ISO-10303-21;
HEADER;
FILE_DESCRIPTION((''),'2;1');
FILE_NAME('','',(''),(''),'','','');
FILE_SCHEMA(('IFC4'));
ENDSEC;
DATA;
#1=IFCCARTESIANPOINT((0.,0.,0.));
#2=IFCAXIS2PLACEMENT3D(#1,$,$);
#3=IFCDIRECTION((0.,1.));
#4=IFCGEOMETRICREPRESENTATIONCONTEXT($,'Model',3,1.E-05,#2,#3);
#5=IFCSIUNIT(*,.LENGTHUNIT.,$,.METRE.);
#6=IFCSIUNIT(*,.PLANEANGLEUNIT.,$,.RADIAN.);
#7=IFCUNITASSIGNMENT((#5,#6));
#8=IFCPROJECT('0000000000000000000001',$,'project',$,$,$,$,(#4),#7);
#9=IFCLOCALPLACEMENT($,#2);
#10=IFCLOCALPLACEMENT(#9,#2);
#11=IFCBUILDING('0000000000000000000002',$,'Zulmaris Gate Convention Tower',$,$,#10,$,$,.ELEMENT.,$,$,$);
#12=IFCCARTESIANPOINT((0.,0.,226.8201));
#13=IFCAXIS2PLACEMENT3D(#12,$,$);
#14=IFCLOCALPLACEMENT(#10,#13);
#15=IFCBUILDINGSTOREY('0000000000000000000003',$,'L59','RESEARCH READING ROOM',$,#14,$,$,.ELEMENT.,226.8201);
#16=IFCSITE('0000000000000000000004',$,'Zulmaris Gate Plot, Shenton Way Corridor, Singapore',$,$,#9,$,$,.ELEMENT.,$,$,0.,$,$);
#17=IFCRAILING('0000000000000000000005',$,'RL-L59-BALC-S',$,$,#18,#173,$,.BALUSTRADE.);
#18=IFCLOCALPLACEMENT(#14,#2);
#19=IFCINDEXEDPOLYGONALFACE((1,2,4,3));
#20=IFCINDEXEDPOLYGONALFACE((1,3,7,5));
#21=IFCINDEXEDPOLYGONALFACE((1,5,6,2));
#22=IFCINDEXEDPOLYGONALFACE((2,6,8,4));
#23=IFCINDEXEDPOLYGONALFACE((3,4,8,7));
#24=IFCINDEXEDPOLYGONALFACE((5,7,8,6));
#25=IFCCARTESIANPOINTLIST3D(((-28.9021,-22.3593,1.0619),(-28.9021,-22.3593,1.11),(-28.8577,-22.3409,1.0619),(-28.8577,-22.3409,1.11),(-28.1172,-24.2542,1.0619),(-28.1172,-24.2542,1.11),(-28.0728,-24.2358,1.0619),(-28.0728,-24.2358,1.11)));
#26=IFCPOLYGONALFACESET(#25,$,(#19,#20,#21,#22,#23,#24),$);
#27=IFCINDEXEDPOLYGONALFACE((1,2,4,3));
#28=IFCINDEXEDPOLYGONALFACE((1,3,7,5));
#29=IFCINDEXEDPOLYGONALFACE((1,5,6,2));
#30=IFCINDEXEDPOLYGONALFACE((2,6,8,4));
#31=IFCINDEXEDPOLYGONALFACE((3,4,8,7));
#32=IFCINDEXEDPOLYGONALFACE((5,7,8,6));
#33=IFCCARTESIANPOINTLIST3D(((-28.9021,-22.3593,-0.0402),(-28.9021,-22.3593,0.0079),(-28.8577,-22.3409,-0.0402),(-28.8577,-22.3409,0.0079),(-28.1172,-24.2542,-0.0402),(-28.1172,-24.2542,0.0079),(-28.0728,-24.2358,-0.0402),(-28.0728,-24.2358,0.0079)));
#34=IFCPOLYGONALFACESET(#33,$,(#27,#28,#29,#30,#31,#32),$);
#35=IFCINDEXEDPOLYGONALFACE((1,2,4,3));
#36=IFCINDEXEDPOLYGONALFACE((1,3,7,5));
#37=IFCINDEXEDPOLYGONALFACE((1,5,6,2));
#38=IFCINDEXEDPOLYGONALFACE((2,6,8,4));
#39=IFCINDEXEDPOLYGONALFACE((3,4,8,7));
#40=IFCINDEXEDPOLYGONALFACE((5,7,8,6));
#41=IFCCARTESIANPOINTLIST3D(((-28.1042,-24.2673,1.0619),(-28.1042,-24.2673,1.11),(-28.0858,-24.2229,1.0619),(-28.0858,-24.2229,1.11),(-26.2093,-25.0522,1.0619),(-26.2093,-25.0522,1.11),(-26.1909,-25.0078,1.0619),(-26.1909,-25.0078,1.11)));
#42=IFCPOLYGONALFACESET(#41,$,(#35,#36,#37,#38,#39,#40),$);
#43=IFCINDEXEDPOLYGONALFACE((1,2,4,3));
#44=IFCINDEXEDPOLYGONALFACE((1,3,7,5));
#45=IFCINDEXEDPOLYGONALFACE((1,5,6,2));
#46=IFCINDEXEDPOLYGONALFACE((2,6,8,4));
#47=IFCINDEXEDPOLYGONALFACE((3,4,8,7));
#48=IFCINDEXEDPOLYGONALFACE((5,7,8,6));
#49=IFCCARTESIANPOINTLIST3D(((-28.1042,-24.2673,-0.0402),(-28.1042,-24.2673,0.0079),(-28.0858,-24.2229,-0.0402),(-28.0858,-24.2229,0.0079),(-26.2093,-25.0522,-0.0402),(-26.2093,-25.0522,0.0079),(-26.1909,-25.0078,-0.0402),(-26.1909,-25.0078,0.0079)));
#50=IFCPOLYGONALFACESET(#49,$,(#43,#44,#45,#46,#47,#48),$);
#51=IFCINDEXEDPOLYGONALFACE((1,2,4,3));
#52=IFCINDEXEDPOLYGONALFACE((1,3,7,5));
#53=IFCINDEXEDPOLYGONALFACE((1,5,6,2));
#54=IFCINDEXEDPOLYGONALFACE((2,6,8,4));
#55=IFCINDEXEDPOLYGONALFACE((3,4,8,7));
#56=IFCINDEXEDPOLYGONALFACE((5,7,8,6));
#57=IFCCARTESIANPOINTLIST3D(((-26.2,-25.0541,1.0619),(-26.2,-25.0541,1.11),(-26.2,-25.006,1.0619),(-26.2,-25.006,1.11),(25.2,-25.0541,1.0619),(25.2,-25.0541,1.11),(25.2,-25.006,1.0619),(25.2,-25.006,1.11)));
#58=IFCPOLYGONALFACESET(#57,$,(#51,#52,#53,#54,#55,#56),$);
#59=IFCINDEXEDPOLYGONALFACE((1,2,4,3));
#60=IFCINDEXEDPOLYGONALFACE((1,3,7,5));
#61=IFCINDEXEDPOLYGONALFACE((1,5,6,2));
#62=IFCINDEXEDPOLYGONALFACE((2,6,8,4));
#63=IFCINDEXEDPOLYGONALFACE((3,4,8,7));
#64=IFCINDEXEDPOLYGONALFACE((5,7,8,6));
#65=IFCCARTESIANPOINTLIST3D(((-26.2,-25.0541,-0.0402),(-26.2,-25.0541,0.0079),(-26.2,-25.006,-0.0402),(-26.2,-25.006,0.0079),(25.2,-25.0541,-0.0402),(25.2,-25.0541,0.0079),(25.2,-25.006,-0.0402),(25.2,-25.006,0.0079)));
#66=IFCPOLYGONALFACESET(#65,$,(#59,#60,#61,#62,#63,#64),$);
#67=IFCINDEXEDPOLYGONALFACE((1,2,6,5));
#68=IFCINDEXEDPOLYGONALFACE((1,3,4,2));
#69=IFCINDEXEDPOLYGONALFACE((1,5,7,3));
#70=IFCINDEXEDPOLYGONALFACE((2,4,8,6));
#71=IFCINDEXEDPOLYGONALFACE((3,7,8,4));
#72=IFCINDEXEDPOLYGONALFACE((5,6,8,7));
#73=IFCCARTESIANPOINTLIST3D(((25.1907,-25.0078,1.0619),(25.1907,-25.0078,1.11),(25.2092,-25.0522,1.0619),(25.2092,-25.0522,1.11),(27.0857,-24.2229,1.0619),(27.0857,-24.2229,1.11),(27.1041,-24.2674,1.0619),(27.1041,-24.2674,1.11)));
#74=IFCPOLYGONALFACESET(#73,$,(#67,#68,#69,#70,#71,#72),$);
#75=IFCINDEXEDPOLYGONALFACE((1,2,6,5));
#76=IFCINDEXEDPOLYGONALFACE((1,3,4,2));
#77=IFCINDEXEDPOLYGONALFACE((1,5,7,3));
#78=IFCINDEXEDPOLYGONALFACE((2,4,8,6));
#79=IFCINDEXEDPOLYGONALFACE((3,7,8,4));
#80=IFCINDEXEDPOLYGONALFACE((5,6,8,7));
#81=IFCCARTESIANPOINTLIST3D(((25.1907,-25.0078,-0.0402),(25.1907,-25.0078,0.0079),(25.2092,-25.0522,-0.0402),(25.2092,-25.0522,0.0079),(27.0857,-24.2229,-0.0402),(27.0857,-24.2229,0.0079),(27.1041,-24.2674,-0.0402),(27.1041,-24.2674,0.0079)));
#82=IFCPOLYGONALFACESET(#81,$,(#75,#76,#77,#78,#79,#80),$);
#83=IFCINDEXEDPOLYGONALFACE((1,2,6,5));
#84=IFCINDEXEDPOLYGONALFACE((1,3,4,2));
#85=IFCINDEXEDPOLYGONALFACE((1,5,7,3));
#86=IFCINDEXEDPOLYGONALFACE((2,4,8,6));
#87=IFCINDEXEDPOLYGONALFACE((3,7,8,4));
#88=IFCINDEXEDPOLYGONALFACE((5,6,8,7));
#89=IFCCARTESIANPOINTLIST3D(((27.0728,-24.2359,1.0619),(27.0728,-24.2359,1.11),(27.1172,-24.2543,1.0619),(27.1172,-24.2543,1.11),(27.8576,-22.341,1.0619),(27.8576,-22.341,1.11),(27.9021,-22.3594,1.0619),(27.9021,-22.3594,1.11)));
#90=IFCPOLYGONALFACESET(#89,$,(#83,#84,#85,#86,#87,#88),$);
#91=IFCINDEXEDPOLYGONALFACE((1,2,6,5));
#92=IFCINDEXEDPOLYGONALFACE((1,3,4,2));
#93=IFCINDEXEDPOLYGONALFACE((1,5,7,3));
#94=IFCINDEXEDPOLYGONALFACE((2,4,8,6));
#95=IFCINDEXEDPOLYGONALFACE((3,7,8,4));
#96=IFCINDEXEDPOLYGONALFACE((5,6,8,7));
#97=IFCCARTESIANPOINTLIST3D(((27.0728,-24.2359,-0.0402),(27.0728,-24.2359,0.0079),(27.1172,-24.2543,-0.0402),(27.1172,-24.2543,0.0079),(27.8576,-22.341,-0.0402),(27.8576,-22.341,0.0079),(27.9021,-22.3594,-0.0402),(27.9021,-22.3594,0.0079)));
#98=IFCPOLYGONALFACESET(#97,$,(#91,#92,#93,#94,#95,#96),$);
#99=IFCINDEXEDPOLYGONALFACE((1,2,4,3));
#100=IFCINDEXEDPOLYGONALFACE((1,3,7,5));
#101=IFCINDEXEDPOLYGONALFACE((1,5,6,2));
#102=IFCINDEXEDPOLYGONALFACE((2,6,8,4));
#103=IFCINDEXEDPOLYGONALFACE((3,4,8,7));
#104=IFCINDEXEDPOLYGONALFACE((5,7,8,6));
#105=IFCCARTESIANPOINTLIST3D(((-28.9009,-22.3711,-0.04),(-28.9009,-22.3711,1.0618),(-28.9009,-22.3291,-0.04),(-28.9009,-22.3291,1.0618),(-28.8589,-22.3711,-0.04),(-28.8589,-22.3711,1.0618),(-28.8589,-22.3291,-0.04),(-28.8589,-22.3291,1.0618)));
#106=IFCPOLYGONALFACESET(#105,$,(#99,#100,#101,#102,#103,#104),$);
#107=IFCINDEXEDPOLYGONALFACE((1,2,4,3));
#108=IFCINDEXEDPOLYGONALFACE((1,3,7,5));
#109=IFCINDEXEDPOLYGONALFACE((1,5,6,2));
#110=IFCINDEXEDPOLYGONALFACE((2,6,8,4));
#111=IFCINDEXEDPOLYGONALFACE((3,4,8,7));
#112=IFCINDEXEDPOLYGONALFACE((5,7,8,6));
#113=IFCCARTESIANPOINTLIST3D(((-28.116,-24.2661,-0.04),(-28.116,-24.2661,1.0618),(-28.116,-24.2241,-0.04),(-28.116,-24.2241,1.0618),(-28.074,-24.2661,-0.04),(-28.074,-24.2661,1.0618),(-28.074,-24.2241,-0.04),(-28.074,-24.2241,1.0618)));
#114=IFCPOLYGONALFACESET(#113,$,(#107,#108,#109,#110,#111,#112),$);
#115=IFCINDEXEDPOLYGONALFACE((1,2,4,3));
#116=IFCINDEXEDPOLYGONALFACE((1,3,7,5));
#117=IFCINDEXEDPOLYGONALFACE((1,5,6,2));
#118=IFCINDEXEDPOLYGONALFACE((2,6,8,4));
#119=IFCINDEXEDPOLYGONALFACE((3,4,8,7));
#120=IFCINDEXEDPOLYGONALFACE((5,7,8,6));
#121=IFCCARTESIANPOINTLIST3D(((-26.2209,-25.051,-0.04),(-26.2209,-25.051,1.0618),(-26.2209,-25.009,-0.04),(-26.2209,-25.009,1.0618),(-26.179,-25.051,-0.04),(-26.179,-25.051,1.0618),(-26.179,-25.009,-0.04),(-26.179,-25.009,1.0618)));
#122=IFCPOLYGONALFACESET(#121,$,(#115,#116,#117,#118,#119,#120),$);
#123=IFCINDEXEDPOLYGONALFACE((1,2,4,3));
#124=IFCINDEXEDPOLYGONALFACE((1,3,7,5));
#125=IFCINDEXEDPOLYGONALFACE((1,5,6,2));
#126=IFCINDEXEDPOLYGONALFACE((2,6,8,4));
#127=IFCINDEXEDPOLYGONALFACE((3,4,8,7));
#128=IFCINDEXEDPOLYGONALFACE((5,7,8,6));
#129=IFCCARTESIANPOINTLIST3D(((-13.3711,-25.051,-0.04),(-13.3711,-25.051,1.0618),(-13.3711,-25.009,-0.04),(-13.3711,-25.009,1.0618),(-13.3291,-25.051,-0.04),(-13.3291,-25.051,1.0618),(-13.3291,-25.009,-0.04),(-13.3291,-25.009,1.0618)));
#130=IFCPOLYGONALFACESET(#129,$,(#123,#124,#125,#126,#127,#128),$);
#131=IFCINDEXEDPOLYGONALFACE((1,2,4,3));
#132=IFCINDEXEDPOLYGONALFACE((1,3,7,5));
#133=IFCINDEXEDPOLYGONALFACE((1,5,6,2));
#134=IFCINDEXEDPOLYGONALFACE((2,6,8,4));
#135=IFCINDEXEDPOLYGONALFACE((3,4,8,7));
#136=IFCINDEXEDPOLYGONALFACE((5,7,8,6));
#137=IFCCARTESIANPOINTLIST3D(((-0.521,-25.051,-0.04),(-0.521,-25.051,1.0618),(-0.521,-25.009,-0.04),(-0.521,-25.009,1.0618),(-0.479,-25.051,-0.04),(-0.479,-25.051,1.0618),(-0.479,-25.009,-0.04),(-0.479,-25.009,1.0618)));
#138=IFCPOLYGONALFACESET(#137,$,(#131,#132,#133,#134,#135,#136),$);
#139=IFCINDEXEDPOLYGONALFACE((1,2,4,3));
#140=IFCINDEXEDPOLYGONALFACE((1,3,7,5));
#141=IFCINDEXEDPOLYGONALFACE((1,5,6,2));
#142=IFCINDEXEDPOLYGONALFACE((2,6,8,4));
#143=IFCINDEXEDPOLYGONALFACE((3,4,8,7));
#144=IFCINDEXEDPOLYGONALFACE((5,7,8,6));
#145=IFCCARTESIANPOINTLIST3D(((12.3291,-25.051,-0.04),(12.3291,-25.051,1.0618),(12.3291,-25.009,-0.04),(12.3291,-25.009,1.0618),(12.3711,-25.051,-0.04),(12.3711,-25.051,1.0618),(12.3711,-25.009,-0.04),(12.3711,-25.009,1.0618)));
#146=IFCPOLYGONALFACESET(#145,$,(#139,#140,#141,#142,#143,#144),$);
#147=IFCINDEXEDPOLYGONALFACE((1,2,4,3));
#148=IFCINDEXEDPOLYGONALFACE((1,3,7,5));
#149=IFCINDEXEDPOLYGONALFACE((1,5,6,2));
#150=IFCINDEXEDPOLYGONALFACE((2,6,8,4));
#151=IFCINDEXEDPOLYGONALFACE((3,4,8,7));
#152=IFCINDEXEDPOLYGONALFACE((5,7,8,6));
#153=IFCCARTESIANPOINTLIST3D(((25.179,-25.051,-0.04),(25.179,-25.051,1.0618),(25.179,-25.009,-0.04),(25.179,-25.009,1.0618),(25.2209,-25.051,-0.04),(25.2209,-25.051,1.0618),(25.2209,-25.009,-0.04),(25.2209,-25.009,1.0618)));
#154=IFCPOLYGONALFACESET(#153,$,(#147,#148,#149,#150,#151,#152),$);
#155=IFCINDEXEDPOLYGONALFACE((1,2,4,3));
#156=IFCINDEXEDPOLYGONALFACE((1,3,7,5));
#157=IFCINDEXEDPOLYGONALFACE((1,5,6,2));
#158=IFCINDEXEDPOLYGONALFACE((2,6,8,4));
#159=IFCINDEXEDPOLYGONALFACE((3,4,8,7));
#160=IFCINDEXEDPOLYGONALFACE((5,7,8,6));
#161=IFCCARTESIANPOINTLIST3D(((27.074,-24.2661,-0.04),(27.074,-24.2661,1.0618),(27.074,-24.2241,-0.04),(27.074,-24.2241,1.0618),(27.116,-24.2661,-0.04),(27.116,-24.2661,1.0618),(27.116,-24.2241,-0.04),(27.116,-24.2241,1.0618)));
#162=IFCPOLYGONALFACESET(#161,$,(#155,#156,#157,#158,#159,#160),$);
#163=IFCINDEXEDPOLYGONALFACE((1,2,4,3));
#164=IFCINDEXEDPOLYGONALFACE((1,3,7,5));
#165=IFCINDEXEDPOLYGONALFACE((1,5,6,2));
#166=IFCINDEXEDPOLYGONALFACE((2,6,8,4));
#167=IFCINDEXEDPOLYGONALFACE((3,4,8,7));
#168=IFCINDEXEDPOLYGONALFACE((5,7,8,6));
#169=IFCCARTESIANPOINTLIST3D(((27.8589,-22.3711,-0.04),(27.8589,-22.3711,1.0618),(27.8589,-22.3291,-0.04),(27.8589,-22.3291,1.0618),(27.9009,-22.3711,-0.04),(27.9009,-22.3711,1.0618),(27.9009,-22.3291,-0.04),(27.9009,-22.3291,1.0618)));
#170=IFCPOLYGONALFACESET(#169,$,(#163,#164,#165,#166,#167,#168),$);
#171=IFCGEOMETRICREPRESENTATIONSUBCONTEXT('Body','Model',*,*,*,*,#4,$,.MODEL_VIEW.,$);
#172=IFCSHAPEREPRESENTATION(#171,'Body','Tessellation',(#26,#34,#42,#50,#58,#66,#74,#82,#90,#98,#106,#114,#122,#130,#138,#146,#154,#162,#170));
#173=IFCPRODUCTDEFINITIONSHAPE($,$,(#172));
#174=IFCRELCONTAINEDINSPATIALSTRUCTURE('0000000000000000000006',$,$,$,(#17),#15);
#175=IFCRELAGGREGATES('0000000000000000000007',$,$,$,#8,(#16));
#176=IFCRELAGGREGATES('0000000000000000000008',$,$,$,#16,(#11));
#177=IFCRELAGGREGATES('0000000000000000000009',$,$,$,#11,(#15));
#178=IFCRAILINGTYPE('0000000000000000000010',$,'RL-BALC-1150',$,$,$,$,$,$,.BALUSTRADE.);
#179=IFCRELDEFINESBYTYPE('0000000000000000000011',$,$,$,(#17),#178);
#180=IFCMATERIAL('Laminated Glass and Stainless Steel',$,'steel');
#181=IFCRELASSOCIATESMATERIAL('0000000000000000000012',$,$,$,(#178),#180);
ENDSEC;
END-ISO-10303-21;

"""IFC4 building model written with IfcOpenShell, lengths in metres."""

from ifc_helpers import new_model, si_unit, direction, frame, origin, origin_2d, place, context, subcontext, project, spatial, rectangle, extrude, material, type_object, element, save


model = new_model("IFC4")

# Units and contexts
model_context = context("Model", 3, precision=1e-05, world=origin(), true_north=direction((0.0, 1.0)))
body_context = subcontext(model_context, "Body", "Model", "MODEL_VIEW")
ifc_project = project(units=[si_unit("LENGTHUNIT", "METRE"), si_unit("PLANEANGLEUNIT", "RADIAN")], contexts=[model_context])

# Site, building, storey
site_placement = place(None, origin())
site = spatial("IfcSite", under=ifc_project, at=site_placement, Name="Zulmaris Gate Plot, Shenton Way Corridor, Singapore", CompositionType="ELEMENT", RefElevation=0.0)
building_placement = place(site_placement, origin())
building = spatial("IfcBuilding", under=site, at=building_placement, Name="Zulmaris Gate Convention Tower", CompositionType="ELEMENT")
storey_placement = place(building_placement, frame((0.0, 0.0, 226.8201)))
storey = spatial("IfcBuildingStorey", under=building, at=storey_placement, Name="L59", Description="RESEARCH READING ROOM", CompositionType="ELEMENT", Elevation=226.8201)

# Railing
ifc_material_1 = material(Name="Laminated Glass and Stainless Steel", Category="steel")
railing_type = type_object("IfcRailingType", Name="RL-BALC-1150", PredefinedType="BALUSTRADE", material=ifc_material_1)
railing_placement = place(storey_placement, frame((-28.8799, -22.3501, -0.04)))
element("IfcRailing", 1, at=railing_placement, inside=storey, type_object=railing_type, Name="RL-L59-BALC-S", PredefinedType="BALUSTRADE", context=body_context, shape_type="SweptSolid", body=[
    extrude(rectangle(XDim=0.0481, YDim=0.0481, at=origin_2d()), frame((0.0, 0.0, 1.126), z_axis=(0.382671, -0.923885, 0.0), x_axis=(0.923885, 0.382671, 0.0)), (0.0, 0.0, 1.0), 2.051),
    extrude(rectangle(XDim=0.0481, YDim=0.0481, at=origin_2d()), frame((0.0, 0.0, 0.0239), z_axis=(0.382671, -0.923885, 0.0), x_axis=(0.923885, 0.382671, 0.0)), (0.0, 0.0, 1.0), 2.051),
    extrude(rectangle(XDim=0.0481, YDim=0.0481, at=origin_2d()), frame((0.7849, -1.895, 1.126), z_axis=(0.923885, -0.382671, 0.0), x_axis=(0.382671, 0.923885, 0.0)), (0.0, 0.0, 1.0), 2.051),
    extrude(rectangle(XDim=0.0481, YDim=0.0481, at=origin_2d()), frame((0.7849, -1.895, 0.0239), z_axis=(0.923885, -0.382671, 0.0), x_axis=(0.382671, 0.923885, 0.0)), (0.0, 0.0, 1.0), 2.051),
    extrude(rectangle(XDim=0.0481, YDim=0.0481, at=origin_2d()), frame((2.6799, -2.6799, 1.126), z_axis=(1.0, 0.0, 0.0), x_axis=(0.0, 1.0, 0.0)), (0.0, 0.0, 1.0), 51.3999),
    extrude(rectangle(XDim=0.0481, YDim=0.0481, at=origin_2d()), frame((2.6799, -2.6799, 0.0239), z_axis=(1.0, 0.0, 0.0), x_axis=(0.0, 1.0, 0.0)), (0.0, 0.0, 1.0), 51.3999),
    extrude(rectangle(XDim=0.0481, YDim=0.0481, at=origin_2d()), frame((54.0798, -2.6799, 1.126), z_axis=(0.923885, 0.382671, 0.0), x_axis=(-0.382671, 0.923885, 0.0)), (0.0, 0.0, 1.0), 2.051),
    extrude(rectangle(XDim=0.0481, YDim=0.0481, at=origin_2d()), frame((54.0798, -2.6799, 0.0239), z_axis=(0.923885, 0.382671, 0.0), x_axis=(-0.382671, 0.923885, 0.0)), (0.0, 0.0, 1.0), 2.051),
    extrude(rectangle(XDim=0.0481, YDim=0.0481, at=origin_2d()), frame((55.9749, -1.895, 1.126), z_axis=(0.382671, 0.923885, 0.0), x_axis=(-0.923885, 0.382671, 0.0)), (0.0, 0.0, 1.0), 2.051),
    extrude(rectangle(XDim=0.0481, YDim=0.0481, at=origin_2d()), frame((55.9749, -1.895, 0.0239), z_axis=(0.382671, 0.923885, 0.0), x_axis=(-0.923885, 0.382671, 0.0)), (0.0, 0.0, 1.0), 2.051),
    extrude(rectangle(XDim=0.042, YDim=0.042, at=origin_2d()), origin(), (0.0, 0.0, 1.0), 1.1018),
    extrude(rectangle(XDim=0.042, YDim=0.042, at=origin_2d()), frame((0.7849, -1.895, 0.0)), (0.0, 0.0, 1.0), 1.1018),
    extrude(rectangle(XDim=0.042, YDim=0.042, at=origin_2d()), frame((2.6799, -2.6799, 0.0)), (0.0, 0.0, 1.0), 1.1018),
    extrude(rectangle(XDim=0.042, YDim=0.042, at=origin_2d()), frame((15.5298, -2.6799, 0.0)), (0.0, 0.0, 1.0), 1.1018),
    extrude(rectangle(XDim=0.042, YDim=0.042, at=origin_2d()), frame((28.3799, -2.6799, 0.0)), (0.0, 0.0, 1.0), 1.1018),
    extrude(rectangle(XDim=0.042, YDim=0.042, at=origin_2d()), frame((41.23, -2.6799, 0.0)), (0.0, 0.0, 1.0), 1.1018),
    extrude(rectangle(XDim=0.042, YDim=0.042, at=origin_2d()), frame((54.0798, -2.6799, 0.0)), (0.0, 0.0, 1.0), 1.1018),
    extrude(rectangle(XDim=0.042, YDim=0.042, at=origin_2d()), frame((55.9749, -1.895, 0.0)), (0.0, 0.0, 1.0), 1.1018),
    extrude(rectangle(XDim=0.042, YDim=0.042, at=origin_2d()), frame((56.7598, 0.0, 0.0)), (0.0, 0.0, 1.0), 1.1018),
])

save(model, "model.ifc")
